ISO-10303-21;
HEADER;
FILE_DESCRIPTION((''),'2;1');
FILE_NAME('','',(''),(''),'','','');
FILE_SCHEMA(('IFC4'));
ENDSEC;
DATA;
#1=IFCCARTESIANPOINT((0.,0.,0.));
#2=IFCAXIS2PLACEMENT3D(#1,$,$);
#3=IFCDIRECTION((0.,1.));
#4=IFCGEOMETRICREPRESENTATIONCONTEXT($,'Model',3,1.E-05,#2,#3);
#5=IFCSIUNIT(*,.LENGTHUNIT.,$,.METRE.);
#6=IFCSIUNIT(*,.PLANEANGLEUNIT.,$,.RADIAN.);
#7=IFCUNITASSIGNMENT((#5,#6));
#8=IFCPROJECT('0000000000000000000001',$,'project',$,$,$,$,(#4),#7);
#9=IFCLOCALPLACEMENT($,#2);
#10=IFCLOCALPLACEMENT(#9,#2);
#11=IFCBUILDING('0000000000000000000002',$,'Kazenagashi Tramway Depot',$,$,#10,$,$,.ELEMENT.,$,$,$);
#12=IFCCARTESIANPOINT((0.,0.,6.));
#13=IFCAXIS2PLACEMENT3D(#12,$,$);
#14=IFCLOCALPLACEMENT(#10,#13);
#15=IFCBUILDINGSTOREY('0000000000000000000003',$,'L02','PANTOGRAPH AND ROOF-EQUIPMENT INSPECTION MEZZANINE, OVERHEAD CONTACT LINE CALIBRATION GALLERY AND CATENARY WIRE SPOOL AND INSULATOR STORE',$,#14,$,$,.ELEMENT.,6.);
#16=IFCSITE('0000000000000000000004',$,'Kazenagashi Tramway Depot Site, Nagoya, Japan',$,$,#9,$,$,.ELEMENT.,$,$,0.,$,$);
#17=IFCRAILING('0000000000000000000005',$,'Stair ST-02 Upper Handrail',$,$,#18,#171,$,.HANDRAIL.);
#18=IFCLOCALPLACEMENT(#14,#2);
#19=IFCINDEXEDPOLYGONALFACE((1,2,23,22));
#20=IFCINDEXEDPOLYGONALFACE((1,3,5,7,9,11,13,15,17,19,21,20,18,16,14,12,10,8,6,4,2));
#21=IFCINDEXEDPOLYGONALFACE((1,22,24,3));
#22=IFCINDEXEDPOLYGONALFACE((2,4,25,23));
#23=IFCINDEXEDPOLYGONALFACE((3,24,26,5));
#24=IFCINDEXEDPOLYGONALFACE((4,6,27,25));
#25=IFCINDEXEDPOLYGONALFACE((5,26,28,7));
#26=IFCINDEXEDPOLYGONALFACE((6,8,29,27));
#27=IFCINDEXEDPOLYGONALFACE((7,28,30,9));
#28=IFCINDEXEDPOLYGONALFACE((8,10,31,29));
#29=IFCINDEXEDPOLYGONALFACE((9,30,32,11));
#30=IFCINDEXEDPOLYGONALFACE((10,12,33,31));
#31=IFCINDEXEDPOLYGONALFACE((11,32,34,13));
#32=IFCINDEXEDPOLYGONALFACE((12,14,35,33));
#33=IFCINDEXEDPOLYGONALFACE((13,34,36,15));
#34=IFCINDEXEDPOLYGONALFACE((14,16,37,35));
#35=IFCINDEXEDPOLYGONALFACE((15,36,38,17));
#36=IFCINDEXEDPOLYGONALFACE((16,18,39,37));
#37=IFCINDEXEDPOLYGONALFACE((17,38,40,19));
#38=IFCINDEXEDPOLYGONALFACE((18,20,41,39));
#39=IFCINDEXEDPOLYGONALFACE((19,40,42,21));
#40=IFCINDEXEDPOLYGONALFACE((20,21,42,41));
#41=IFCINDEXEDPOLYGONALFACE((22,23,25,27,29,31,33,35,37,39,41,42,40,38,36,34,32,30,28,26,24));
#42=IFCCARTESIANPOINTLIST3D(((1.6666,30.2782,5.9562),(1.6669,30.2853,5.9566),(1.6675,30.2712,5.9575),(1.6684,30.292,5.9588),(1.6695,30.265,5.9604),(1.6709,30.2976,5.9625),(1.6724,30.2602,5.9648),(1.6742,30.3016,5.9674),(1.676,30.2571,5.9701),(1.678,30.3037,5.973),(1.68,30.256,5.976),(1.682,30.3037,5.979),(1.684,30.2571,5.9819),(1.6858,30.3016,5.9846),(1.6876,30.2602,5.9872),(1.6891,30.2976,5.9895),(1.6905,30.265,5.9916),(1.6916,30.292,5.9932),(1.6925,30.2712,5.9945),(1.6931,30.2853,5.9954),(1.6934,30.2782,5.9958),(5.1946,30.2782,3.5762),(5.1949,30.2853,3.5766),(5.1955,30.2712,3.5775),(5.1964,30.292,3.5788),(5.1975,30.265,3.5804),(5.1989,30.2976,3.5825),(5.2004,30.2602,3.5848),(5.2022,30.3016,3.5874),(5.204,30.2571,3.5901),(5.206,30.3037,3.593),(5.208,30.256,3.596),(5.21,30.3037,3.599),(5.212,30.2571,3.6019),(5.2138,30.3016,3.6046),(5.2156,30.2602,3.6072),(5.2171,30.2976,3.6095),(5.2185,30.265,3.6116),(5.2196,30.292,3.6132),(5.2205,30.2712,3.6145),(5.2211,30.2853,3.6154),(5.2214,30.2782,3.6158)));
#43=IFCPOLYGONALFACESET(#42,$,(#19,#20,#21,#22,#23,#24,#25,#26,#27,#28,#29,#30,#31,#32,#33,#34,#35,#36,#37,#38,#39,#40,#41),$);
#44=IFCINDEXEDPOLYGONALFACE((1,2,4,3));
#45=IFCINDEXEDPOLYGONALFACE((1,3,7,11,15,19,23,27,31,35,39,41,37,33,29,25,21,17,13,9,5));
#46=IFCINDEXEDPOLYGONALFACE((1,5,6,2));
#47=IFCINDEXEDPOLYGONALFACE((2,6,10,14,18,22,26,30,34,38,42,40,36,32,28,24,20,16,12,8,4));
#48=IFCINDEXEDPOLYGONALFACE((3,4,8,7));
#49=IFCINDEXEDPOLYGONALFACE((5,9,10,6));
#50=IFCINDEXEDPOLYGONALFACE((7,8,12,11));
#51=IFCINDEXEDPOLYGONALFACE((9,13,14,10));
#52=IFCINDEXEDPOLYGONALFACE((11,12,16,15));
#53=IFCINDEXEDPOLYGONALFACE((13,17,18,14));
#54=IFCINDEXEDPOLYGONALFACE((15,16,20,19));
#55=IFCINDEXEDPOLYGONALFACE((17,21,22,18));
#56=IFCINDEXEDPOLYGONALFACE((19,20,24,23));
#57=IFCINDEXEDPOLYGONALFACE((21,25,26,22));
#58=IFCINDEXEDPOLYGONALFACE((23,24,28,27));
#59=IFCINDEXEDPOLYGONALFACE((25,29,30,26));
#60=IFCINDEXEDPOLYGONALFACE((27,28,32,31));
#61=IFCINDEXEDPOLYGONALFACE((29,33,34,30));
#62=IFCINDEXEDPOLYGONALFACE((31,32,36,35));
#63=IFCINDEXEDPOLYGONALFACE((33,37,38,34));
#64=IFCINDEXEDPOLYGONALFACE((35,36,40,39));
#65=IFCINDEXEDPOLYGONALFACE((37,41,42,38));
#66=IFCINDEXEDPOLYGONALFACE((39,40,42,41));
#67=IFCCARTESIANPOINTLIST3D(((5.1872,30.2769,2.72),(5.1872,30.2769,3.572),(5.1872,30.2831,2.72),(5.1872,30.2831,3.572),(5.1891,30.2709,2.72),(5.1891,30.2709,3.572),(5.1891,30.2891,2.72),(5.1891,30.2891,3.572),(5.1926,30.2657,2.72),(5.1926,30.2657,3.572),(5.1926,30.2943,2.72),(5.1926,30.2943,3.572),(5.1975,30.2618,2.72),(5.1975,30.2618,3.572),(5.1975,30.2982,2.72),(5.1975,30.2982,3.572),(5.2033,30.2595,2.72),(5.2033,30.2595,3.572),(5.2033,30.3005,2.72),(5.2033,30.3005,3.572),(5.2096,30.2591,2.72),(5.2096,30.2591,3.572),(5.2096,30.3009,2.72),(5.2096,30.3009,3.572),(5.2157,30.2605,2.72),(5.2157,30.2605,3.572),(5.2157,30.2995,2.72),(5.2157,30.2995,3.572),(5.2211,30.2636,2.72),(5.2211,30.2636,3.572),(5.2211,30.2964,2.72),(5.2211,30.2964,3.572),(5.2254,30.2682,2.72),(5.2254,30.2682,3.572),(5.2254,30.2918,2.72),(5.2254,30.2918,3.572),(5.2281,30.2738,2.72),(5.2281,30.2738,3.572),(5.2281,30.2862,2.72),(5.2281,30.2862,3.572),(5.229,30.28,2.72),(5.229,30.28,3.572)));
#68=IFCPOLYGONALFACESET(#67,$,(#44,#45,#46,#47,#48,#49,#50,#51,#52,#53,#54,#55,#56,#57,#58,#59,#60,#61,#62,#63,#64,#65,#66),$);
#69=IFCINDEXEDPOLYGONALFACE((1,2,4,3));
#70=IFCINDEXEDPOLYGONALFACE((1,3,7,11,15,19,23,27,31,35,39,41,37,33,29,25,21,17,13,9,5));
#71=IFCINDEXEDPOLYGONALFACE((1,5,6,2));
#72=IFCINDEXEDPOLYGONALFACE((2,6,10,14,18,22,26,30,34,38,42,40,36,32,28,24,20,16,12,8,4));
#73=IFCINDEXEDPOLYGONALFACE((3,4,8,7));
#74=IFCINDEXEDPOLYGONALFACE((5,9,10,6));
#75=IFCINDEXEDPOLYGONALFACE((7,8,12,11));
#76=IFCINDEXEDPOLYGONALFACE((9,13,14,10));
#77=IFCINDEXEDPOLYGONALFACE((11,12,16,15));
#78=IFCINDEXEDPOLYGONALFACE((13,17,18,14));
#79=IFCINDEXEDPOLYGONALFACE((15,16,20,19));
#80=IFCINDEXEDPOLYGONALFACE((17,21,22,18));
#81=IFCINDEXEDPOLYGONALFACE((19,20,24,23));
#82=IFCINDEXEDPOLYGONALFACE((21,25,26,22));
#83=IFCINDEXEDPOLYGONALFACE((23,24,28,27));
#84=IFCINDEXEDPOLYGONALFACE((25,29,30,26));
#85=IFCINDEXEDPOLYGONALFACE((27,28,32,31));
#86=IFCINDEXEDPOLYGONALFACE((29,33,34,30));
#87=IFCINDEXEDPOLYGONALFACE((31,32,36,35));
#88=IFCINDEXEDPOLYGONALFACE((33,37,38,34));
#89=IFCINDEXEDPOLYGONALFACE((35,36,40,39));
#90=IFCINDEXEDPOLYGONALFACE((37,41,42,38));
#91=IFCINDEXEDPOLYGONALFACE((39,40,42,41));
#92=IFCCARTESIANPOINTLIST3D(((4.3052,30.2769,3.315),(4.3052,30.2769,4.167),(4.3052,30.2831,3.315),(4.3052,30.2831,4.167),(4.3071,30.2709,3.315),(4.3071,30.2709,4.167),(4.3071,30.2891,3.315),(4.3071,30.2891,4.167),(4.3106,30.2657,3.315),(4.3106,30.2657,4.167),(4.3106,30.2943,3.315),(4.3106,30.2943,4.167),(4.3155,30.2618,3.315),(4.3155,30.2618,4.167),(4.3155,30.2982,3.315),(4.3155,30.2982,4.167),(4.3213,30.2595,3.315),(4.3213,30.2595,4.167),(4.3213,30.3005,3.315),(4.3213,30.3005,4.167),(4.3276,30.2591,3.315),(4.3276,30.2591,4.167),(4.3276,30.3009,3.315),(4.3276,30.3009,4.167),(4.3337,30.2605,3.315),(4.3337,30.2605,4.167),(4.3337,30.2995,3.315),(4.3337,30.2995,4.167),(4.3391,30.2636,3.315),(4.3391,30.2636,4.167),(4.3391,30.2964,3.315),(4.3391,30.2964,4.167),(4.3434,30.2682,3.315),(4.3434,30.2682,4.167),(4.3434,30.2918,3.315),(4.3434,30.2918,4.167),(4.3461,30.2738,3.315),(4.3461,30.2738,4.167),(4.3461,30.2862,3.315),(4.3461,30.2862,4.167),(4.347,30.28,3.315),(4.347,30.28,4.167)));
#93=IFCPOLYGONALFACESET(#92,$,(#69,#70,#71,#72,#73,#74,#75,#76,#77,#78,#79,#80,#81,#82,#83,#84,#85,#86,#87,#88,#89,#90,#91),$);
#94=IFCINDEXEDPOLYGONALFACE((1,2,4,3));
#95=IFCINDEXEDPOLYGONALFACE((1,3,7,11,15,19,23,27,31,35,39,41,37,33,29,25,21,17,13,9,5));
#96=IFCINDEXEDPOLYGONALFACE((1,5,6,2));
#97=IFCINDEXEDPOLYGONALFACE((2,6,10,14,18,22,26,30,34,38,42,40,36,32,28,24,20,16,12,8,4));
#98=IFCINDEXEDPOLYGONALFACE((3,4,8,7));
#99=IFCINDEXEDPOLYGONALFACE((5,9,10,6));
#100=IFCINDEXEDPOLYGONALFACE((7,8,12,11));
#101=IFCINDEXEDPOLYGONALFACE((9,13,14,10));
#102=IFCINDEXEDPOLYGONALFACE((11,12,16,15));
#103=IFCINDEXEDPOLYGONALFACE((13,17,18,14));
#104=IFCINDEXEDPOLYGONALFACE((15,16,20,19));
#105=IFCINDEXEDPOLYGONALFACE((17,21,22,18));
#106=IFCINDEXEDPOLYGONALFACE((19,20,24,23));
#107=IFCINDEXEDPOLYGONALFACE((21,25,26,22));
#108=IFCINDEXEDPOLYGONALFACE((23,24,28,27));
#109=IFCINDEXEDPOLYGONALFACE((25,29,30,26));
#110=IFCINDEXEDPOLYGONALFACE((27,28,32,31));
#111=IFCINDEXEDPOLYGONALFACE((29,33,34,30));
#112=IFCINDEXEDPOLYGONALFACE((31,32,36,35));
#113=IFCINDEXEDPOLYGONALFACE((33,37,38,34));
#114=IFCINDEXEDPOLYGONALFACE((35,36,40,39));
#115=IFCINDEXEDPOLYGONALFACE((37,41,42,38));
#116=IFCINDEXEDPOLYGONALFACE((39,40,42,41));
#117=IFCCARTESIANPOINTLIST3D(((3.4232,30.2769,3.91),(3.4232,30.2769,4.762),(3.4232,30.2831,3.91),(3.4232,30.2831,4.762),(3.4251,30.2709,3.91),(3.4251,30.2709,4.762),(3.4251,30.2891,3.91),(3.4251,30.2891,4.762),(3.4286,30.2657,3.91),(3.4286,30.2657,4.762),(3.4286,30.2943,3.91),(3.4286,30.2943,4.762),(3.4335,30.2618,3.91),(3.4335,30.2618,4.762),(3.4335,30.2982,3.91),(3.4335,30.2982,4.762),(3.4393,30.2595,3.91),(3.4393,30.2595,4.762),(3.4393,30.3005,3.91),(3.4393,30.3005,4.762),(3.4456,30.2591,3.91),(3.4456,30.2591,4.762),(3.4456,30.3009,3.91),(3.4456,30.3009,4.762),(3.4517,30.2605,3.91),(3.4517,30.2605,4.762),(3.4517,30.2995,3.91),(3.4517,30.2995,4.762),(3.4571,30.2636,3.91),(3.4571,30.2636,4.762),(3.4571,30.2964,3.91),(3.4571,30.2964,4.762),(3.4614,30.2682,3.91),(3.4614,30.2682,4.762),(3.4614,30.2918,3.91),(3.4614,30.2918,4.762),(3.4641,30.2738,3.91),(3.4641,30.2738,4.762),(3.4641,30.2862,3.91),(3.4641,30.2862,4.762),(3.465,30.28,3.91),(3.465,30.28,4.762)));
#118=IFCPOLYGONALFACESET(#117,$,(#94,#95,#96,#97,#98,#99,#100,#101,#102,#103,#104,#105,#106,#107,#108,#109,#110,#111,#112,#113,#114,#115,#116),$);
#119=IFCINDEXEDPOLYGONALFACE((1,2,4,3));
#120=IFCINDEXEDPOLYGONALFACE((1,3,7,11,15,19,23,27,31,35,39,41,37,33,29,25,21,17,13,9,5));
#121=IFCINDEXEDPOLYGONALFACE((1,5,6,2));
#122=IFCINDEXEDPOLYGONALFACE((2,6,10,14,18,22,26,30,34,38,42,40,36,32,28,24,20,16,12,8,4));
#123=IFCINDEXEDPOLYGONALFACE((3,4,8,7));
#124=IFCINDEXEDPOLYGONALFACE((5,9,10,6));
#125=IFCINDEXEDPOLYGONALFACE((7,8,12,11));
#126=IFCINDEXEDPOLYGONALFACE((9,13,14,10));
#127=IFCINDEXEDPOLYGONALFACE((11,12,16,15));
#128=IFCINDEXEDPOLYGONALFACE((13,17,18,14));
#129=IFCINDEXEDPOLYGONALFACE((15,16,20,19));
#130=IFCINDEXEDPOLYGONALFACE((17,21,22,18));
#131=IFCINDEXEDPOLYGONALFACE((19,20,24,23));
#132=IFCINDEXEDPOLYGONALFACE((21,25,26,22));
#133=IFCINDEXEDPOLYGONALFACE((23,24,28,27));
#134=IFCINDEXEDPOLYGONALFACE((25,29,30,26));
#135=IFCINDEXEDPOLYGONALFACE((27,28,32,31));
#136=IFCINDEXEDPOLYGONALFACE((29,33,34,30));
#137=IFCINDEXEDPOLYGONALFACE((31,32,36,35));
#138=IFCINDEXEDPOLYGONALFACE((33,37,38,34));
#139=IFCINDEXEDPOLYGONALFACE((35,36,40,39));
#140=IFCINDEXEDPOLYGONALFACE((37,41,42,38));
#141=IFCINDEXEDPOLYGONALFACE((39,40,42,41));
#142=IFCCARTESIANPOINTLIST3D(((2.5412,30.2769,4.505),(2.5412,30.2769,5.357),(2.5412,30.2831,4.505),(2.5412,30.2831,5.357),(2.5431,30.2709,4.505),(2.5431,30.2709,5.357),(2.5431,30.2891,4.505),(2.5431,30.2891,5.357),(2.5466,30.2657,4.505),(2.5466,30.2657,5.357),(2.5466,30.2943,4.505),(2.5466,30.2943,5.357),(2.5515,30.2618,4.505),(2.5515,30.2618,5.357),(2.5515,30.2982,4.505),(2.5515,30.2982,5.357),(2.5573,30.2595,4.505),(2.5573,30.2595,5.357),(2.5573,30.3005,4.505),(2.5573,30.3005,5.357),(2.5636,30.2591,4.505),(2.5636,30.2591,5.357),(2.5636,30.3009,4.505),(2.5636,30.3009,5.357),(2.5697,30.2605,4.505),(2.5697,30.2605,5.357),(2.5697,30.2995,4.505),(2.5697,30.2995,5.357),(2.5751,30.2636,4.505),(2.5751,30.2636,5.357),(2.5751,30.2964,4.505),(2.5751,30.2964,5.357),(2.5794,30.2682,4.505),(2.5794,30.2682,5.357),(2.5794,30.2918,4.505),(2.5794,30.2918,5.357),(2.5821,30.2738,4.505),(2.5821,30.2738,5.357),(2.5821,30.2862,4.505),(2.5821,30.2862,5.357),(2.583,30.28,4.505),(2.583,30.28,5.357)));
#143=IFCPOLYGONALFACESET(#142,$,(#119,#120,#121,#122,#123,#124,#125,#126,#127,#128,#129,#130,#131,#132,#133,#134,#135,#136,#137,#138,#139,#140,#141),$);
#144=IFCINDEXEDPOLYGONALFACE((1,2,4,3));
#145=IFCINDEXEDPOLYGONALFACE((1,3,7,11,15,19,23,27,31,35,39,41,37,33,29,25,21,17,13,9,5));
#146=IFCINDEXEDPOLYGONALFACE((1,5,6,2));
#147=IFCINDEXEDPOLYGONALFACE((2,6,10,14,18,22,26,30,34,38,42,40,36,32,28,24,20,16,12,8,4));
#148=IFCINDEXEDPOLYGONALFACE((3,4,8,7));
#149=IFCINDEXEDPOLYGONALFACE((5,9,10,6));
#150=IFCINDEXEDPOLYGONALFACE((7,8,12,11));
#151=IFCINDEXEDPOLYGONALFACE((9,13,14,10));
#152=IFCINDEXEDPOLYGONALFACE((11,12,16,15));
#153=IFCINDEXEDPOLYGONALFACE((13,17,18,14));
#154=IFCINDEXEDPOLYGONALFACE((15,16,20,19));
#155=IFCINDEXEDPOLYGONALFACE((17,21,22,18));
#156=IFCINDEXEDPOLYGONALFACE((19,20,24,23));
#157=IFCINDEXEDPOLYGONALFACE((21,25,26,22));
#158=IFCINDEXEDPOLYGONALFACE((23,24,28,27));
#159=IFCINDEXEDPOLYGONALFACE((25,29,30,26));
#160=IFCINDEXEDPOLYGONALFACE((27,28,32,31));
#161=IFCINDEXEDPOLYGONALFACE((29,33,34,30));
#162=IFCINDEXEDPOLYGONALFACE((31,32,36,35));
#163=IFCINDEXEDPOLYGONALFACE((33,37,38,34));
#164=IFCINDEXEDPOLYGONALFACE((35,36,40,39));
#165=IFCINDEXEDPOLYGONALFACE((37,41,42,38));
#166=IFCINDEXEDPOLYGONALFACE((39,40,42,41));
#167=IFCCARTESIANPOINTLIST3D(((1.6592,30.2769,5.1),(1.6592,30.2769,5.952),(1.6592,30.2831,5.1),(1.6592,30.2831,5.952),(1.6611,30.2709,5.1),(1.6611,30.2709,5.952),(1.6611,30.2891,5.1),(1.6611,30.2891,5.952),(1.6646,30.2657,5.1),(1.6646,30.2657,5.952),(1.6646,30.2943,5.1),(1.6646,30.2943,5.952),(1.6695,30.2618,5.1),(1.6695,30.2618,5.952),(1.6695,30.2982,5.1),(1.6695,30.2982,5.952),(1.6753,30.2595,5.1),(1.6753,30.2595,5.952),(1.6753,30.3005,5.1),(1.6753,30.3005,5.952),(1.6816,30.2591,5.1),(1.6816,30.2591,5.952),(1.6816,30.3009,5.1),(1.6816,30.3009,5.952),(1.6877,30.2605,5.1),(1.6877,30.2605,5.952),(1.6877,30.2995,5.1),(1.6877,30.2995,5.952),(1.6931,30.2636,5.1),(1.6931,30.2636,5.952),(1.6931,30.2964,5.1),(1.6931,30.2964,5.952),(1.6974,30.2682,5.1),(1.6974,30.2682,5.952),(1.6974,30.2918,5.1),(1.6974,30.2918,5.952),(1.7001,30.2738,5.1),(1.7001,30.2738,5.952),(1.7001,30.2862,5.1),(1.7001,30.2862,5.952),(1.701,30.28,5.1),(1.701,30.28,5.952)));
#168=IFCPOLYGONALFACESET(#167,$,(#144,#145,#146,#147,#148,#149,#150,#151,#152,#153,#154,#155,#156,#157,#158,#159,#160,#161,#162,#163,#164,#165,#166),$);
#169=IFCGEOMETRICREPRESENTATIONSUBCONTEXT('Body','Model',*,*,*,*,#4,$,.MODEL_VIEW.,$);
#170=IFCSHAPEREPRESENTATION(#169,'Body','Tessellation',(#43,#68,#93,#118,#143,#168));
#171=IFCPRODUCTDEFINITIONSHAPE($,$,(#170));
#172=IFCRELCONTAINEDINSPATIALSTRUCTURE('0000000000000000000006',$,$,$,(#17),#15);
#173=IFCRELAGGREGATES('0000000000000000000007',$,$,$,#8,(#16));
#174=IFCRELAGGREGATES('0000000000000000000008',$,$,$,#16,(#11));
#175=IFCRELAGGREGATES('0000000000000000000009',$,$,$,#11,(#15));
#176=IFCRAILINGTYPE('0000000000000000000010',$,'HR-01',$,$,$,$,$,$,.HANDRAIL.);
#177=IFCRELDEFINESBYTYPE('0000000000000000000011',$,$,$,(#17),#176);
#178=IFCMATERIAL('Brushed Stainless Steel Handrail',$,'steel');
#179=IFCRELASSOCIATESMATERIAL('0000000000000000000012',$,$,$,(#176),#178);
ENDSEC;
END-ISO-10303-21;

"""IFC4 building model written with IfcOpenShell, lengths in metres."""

from ifc_helpers import new_model, si_unit, direction, frame, origin, origin_2d, place, context, subcontext, project, spatial, circle, extrude, material, type_object, element, save


model = new_model("IFC4")

# Units and contexts
model_context = context("Model", 3, precision=1e-05, world=origin(), true_north=direction((0.0, 1.0)))
body_context = subcontext(model_context, "Body", "Model", "MODEL_VIEW")
ifc_project = project(units=[si_unit("LENGTHUNIT", "METRE"), si_unit("PLANEANGLEUNIT", "RADIAN")], contexts=[model_context])

# Site, building, storey
site_placement = place(None, origin())
site = spatial("IfcSite", under=ifc_project, at=site_placement, Name="Kazenagashi Tramway Depot Site, Nagoya, Japan", CompositionType="ELEMENT", RefElevation=0.0)
building_placement = place(site_placement, origin())
building = spatial("IfcBuilding", under=site, at=building_placement, Name="Kazenagashi Tramway Depot", CompositionType="ELEMENT")
storey_placement = place(building_placement, frame((0.0, 0.0, 6.0)))
storey = spatial("IfcBuildingStorey", under=building, at=storey_placement, Name="L02", Description="PANTOGRAPH AND ROOF-EQUIPMENT INSPECTION MEZZANINE, OVERHEAD CONTACT LINE CALIBRATION GALLERY AND CATENARY WIRE SPOOL AND INSULATOR STORE", CompositionType="ELEMENT", Elevation=6.0)

# Railing
ifc_material_1 = material(Name="Brushed Stainless Steel Handrail", Category="steel")
railing_type = type_object("IfcRailingType", Name="HR-01", PredefinedType="HANDRAIL", material=ifc_material_1)
railing_1_placement = place(storey_placement, frame((5.208, 30.28, 2.72)))
element("IfcRailing", 1, at=railing_1_placement, inside=storey, type_object=railing_type, Name="Stair ST-02 Upper Handrail", PredefinedType="HANDRAIL", context=body_context, shape_type="SweptSolid", body=[
    extrude(circle(Radius=0.024, at=origin_2d()), frame((0.0, 0.0, 0.876), z_axis=(-0.829001, 0.0, 0.559247), x_axis=(0.0, -1.0, 0.0)), (0.0, 0.0, 1.0), 4.2557),
    extrude(circle(Radius=0.021, at=origin_2d()), origin(), (0.0, 0.0, 1.0), 0.852),
    extrude(circle(Radius=0.021, at=origin_2d()), frame((-0.882, 0.0, 0.595)), (0.0, 0.0, 1.0), 0.852),
    extrude(circle(Radius=0.021, at=origin_2d()), frame((-1.764, 0.0, 1.19)), (0.0, 0.0, 1.0), 0.852),
    extrude(circle(Radius=0.021, at=origin_2d()), frame((-2.646, 0.0, 1.785)), (0.0, 0.0, 1.0), 0.852),
    extrude(circle(Radius=0.021, at=origin_2d()), frame((-3.528, 0.0, 2.38)), (0.0, 0.0, 1.0), 0.852),
])

save(model, "model.ifc")
